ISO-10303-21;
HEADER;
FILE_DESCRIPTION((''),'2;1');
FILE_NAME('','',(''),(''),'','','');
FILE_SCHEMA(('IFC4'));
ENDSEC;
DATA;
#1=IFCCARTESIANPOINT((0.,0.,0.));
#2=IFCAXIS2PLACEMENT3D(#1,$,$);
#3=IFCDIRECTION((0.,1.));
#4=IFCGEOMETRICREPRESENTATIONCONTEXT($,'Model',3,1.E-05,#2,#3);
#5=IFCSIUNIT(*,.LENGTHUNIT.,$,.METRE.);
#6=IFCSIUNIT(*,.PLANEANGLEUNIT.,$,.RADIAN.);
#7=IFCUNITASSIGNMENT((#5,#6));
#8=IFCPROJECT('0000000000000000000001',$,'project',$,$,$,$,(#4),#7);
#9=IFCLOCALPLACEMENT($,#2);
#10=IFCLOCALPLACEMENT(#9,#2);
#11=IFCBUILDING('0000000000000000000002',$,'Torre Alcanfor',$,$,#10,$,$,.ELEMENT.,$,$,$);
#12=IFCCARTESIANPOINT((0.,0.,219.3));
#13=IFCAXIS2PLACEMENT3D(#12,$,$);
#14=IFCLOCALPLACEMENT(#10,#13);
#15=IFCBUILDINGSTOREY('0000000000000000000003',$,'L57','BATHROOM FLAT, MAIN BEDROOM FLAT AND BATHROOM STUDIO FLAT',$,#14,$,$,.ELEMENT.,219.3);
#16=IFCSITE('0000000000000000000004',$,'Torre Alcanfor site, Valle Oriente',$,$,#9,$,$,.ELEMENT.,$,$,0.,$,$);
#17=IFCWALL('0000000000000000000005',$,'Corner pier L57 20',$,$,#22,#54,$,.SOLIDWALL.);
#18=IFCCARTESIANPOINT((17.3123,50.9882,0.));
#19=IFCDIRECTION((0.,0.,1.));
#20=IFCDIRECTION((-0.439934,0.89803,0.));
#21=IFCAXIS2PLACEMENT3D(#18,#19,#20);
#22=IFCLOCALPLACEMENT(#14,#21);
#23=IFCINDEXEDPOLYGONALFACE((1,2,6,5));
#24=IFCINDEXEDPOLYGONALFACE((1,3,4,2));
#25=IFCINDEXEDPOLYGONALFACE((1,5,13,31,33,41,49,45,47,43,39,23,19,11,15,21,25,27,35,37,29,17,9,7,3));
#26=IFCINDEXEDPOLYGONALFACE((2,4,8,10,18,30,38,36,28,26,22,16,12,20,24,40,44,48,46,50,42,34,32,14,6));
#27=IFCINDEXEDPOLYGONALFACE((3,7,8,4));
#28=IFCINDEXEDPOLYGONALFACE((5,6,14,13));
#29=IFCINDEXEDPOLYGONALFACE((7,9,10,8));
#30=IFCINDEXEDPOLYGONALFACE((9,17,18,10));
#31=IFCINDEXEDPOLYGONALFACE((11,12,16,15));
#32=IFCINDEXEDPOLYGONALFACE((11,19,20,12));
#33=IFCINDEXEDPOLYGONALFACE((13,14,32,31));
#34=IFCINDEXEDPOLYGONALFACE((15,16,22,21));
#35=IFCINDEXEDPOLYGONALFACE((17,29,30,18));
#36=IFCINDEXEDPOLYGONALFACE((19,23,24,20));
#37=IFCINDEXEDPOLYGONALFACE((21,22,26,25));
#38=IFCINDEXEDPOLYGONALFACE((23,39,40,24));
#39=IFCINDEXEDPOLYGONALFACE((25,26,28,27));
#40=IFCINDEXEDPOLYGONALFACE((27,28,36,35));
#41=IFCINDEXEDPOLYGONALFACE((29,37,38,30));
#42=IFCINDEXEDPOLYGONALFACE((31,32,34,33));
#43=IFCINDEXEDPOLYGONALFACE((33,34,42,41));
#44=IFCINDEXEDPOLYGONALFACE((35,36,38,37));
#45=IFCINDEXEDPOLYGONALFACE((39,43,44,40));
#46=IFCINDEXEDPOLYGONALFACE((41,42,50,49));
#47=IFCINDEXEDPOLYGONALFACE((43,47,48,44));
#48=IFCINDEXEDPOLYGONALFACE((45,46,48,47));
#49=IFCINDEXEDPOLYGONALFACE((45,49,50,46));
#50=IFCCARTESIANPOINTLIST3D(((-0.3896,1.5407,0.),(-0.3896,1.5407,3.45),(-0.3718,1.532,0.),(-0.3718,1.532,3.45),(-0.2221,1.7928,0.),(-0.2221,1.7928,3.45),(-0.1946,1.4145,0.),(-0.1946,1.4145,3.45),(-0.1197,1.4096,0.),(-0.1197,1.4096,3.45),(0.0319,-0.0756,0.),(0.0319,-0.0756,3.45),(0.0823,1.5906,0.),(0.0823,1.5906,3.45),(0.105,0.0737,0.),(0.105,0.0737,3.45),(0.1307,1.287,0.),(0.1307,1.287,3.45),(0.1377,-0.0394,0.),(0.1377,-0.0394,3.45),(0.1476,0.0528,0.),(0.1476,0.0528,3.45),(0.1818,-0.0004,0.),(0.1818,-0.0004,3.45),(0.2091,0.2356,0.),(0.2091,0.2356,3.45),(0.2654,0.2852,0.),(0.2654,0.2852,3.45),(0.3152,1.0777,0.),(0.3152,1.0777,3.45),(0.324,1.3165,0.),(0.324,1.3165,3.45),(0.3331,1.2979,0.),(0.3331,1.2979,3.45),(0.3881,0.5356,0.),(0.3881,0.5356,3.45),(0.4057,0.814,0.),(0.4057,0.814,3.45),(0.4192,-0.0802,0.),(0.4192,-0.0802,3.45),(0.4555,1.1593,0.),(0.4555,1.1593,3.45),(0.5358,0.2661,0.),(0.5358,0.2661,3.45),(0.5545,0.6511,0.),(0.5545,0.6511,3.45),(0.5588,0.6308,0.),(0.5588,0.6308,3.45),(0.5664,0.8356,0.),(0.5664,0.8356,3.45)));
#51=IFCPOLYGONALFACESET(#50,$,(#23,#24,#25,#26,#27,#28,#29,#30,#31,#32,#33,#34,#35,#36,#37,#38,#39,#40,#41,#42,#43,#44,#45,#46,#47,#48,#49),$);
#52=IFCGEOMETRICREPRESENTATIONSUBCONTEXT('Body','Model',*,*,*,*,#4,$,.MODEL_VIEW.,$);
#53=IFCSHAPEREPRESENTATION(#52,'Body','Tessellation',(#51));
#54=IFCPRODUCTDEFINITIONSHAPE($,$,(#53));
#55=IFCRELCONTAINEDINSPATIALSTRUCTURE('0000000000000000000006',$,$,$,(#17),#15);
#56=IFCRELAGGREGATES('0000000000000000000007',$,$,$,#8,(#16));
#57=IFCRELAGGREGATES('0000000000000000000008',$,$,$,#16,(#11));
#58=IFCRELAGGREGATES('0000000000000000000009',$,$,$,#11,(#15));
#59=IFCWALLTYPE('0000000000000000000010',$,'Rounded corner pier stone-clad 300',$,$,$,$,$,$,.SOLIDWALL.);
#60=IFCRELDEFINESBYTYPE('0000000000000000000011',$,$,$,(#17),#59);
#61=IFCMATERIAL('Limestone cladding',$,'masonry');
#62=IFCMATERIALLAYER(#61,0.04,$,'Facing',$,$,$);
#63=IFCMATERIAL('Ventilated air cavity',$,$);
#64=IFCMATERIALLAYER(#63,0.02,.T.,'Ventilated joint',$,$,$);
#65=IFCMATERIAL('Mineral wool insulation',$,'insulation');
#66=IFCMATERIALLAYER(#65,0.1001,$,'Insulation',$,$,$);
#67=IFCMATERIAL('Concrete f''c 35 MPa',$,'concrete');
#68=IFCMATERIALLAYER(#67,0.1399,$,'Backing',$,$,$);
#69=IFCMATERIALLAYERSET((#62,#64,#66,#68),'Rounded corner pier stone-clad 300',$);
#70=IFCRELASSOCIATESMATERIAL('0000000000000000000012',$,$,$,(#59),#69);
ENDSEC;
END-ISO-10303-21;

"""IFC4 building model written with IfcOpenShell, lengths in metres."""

from ifc_helpers import new_model, si_unit, direction, frame, origin, place, context, subcontext, project, spatial, polyline, outline, extrude, material, layer, layer_set, type_object, element, save


model = new_model("IFC4")

# Units and contexts
model_context = context("Model", 3, precision=1e-05, world=origin(), true_north=direction((0.0, 1.0)))
body_context = subcontext(model_context, "Body", "Model", "MODEL_VIEW")
ifc_project = project(units=[si_unit("LENGTHUNIT", "METRE"), si_unit("PLANEANGLEUNIT", "RADIAN")], contexts=[model_context])

# Site, building, storey
site_placement = place(None, origin())
site = spatial("IfcSite", under=ifc_project, at=site_placement, Name="Torre Alcanfor site, Valle Oriente", CompositionType="ELEMENT", RefElevation=0.0)
building_placement = place(site_placement, origin())
building = spatial("IfcBuilding", under=site, at=building_placement, Name="Torre Alcanfor", CompositionType="ELEMENT")
storey_placement = place(building_placement, frame((0.0, 0.0, 219.3)))
storey = spatial("IfcBuildingStorey", under=building, at=storey_placement, Name="L57", Description="BATHROOM FLAT, MAIN BEDROOM FLAT AND BATHROOM STUDIO FLAT", CompositionType="ELEMENT", Elevation=219.3)

# Wall
ifc_material_1 = material(Name="Limestone cladding", Category="masonry")
ifc_layer_1 = layer(ifc_material_1, 0.04, Name="Facing")
ifc_material_2 = material(Name="Ventilated air cavity")
ifc_layer_2 = layer(ifc_material_2, 0.02, ventilated=True, Name="Ventilated joint")
ifc_material_3 = material(Name="Mineral wool insulation", Category="insulation")
ifc_layer_3 = layer(ifc_material_3, 0.1001, Name="Insulation")
ifc_material_4 = material(Name="Concrete f'c 35 MPa", Category="concrete")
ifc_layer_4 = layer(ifc_material_4, 0.1399, Name="Backing")
ifc_layer_set_1 = layer_set([ifc_layer_1, ifc_layer_2, ifc_layer_3, ifc_layer_4], Name="Rounded corner pier stone-clad 300")
wall_type_1 = type_object("IfcWallType", Name="Rounded corner pier stone-clad 300", PredefinedType="SOLIDWALL", material=ifc_layer_set_1)
wall_1_placement = place(storey_placement, frame((17.3123, 50.9882, 0.0), z_axis=(0.0, 0.0, 1.0), x_axis=(-0.439934, 0.89803, 0.0)))
element("IfcWall", 1, at=wall_1_placement, inside=storey, type_object=wall_type_1, Name="Corner pier L57 20", PredefinedType="SOLIDWALL", context=body_context, shape_type="SweptSolid", body=[
    extrude(outline(polyline([(0.1377, -0.0394), (0.1818, -0.0004), (0.4192, -0.0802), (0.5358, 0.2661), (0.5588, 0.6308), (0.5545, 0.6511), (0.5664, 0.8356), (0.4555, 1.1593), (0.3331, 1.2979), (0.324, 1.3165), (0.0823, 1.5906), (-0.2221, 1.7928), (-0.3896, 1.5407), (-0.3718, 1.532), (-0.1946, 1.4145), (-0.1197, 1.4096), (0.1307, 1.287), (0.3152, 1.0777), (0.4057, 0.814), (0.3881, 0.5356), (0.2654, 0.2852), (0.2091, 0.2356), (0.1476, 0.0528), (0.105, 0.0737), (0.0319, -0.0756), (0.1377, -0.0394)])), origin(), (0.0, 0.0, 1.0), 3.45),
])

save(model, "model.ifc")
